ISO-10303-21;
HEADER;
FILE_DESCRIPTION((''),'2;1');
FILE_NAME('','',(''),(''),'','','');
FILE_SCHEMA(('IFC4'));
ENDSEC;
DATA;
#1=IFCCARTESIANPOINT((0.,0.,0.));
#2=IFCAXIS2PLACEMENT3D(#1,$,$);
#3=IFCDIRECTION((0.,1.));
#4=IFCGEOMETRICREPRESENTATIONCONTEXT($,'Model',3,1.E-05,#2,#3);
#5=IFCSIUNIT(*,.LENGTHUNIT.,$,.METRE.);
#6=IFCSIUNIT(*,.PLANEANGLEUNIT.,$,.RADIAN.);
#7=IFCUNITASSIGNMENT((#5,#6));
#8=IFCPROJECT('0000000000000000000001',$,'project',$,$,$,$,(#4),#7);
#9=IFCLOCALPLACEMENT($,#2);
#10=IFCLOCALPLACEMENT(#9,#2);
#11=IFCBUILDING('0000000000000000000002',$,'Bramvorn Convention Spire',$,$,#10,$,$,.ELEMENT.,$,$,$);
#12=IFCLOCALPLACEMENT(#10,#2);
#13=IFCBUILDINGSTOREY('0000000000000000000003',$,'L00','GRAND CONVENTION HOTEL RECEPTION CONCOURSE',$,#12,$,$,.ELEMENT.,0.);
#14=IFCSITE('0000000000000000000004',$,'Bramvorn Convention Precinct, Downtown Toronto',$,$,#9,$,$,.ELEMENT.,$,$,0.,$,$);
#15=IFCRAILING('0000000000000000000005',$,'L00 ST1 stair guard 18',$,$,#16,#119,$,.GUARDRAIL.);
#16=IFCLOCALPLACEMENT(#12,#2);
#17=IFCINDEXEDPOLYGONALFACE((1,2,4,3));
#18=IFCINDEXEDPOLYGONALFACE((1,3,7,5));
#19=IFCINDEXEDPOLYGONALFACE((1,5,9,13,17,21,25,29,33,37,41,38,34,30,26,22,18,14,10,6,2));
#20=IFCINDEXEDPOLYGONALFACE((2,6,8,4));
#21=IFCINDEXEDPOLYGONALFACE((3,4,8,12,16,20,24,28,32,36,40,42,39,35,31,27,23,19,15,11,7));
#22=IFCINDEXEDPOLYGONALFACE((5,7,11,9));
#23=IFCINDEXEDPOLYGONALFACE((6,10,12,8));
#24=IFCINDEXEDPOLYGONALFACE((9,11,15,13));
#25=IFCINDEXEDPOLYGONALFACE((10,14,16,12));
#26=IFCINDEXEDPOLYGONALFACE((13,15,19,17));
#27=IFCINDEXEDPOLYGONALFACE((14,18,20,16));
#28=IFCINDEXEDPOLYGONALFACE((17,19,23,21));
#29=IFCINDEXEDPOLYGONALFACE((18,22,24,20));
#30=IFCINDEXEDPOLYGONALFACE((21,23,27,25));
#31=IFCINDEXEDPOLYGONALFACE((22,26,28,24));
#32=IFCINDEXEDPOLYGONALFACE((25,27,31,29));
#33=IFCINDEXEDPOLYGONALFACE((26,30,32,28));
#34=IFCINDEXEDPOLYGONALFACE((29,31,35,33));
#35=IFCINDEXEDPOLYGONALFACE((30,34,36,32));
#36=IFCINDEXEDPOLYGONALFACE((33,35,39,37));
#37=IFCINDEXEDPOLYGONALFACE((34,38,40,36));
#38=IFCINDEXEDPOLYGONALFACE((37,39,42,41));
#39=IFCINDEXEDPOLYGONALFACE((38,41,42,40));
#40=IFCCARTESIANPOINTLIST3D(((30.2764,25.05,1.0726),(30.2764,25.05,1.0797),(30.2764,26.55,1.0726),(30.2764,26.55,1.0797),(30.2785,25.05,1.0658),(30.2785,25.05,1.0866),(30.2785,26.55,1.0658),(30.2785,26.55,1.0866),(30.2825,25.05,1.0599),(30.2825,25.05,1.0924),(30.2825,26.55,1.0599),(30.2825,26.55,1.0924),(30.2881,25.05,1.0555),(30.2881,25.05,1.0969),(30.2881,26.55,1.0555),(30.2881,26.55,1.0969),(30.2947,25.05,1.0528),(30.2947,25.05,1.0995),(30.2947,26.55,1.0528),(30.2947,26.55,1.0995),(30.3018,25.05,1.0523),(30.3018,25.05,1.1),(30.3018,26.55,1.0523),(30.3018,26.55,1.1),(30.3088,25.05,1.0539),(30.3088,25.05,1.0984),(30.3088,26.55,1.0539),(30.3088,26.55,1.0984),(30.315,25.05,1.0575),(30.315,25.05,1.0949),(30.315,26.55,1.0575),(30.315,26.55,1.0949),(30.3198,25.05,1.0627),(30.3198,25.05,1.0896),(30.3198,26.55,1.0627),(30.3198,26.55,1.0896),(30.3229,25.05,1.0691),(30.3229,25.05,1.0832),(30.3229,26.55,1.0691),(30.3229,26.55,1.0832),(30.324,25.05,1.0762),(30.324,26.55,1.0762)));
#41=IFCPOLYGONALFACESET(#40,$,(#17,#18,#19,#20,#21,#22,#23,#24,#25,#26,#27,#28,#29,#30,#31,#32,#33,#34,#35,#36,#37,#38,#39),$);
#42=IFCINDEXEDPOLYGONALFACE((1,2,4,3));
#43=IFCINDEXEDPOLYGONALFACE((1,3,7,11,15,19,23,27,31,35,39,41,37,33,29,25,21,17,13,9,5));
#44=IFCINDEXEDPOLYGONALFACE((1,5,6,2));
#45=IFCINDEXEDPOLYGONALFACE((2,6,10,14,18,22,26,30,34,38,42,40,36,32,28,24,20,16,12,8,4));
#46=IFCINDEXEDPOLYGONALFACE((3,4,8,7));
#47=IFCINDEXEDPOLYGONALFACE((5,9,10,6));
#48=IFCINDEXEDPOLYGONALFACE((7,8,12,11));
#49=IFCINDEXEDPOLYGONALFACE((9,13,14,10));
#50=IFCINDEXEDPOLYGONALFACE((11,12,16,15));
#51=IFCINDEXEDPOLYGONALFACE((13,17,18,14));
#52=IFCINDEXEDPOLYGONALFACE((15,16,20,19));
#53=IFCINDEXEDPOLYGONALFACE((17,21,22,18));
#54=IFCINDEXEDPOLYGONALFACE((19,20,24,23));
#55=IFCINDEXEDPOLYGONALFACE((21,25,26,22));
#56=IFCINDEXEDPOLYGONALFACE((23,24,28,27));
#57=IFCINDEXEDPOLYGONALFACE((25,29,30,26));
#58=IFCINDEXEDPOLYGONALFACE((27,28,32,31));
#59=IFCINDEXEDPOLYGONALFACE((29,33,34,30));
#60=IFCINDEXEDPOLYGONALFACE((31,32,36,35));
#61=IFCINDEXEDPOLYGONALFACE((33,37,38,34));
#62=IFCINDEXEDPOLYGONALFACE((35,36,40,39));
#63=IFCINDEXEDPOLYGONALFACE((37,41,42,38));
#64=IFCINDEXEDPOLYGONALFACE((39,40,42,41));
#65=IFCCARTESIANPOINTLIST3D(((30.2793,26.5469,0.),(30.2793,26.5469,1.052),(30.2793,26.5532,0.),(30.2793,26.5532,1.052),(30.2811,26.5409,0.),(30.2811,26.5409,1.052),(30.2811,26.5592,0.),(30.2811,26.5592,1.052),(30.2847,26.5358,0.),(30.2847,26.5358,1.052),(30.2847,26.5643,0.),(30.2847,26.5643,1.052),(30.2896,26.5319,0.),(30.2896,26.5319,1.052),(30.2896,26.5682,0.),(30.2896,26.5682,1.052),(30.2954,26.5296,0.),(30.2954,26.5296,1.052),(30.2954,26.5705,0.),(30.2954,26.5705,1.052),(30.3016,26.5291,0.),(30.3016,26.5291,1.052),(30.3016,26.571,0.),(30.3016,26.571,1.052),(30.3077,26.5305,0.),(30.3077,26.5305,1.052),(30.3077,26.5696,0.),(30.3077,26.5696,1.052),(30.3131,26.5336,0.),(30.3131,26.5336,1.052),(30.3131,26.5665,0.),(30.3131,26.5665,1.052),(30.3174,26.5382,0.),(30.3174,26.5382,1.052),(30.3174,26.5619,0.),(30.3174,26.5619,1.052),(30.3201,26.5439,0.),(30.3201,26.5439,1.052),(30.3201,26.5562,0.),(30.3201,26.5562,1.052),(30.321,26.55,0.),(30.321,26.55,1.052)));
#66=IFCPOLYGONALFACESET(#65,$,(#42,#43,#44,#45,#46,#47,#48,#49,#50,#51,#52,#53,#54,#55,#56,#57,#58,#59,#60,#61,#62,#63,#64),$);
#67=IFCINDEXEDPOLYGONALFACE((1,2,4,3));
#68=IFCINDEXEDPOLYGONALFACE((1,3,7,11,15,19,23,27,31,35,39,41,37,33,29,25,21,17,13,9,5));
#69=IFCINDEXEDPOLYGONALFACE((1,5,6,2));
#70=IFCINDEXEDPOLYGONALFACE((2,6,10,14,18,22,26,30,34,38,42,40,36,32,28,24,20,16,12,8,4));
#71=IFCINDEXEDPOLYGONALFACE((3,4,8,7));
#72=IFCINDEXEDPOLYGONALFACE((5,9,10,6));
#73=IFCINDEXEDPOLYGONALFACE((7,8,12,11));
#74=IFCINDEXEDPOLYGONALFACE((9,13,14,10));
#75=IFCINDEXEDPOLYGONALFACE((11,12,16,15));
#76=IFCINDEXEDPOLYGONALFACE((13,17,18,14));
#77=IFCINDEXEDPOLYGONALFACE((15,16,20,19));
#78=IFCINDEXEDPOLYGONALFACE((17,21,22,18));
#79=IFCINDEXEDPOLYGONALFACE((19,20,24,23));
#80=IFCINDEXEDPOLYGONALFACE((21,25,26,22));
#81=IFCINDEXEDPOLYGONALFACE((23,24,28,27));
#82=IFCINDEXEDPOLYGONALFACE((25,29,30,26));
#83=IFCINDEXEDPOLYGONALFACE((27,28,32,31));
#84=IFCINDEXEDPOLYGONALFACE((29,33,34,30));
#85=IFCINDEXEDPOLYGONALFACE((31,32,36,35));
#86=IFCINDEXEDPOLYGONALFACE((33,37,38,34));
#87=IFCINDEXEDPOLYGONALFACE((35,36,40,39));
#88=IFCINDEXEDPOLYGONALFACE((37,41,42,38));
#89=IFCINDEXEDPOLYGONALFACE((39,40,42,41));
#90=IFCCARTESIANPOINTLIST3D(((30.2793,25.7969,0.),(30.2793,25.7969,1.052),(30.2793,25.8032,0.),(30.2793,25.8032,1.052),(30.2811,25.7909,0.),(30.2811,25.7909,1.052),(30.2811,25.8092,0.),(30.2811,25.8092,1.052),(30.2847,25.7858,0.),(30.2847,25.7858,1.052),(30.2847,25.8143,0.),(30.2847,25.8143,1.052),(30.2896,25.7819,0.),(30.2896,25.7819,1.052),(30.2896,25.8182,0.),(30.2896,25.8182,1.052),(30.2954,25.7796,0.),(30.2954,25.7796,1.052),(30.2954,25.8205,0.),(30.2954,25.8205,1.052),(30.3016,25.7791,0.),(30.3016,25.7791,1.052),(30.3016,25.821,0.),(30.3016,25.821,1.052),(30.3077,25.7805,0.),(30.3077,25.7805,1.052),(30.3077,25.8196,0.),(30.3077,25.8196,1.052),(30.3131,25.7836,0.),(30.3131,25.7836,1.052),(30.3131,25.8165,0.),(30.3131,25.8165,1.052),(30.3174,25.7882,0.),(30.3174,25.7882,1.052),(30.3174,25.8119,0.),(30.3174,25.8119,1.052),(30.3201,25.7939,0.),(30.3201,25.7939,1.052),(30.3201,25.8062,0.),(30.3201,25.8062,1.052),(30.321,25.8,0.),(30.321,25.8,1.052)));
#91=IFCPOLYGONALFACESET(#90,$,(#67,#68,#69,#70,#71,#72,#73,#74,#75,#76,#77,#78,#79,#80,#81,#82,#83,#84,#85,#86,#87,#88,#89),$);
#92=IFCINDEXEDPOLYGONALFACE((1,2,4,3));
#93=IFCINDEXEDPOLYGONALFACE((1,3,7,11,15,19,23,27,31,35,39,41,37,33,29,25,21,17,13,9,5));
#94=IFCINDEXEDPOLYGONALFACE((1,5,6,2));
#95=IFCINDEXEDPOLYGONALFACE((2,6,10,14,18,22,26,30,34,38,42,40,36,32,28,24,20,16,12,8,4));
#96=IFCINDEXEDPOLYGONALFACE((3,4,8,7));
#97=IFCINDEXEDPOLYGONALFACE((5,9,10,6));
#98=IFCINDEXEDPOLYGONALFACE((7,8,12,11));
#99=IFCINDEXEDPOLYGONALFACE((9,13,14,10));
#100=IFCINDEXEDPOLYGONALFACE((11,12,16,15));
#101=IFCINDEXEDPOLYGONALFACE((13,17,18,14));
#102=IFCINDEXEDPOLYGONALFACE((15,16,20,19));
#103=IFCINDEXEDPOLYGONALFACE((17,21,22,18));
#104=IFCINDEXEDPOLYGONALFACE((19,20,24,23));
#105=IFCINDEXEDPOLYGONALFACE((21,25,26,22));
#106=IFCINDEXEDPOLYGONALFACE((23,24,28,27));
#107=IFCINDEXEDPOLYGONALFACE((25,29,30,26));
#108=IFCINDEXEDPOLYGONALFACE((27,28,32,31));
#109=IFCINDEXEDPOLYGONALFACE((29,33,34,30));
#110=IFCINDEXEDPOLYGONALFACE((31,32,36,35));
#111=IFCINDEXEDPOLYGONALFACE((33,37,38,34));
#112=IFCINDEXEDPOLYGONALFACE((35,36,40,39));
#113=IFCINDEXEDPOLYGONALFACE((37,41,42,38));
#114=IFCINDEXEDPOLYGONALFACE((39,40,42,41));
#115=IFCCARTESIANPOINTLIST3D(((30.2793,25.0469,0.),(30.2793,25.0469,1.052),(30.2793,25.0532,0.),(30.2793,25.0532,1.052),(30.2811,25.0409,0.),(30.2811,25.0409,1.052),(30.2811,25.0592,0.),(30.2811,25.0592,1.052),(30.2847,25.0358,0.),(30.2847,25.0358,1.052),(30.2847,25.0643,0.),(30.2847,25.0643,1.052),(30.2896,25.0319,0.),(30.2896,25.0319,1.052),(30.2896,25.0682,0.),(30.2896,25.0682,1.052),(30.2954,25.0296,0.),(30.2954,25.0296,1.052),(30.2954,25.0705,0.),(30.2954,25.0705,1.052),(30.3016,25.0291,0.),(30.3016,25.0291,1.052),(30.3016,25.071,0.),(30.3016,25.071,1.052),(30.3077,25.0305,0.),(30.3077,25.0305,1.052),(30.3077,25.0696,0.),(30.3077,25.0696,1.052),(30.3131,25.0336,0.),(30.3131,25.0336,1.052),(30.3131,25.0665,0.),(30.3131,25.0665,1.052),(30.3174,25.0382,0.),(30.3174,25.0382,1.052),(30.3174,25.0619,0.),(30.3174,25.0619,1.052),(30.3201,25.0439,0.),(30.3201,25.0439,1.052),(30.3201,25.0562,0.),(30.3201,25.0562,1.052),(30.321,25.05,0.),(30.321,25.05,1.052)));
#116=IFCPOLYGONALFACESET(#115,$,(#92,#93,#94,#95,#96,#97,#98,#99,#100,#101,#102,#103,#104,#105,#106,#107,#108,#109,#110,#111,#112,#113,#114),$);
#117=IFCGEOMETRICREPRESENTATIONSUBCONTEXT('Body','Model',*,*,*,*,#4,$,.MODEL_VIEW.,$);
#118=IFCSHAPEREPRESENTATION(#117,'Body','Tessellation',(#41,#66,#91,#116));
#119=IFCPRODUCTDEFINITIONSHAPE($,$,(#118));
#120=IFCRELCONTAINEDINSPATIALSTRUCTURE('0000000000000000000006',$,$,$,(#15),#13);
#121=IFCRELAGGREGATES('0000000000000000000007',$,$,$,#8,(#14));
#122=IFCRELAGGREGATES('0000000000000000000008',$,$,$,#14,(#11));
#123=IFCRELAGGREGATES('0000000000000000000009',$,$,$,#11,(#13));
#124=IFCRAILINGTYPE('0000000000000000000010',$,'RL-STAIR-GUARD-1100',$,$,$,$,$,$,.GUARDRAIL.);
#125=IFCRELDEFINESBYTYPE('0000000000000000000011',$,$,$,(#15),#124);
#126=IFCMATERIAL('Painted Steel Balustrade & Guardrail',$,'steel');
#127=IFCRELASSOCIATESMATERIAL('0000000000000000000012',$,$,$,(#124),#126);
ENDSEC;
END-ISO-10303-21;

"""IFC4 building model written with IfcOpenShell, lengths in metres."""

from ifc_helpers import new_model, si_unit, direction, frame, origin, origin_2d, place, context, subcontext, project, spatial, circle, extrude, material, type_object, element, save


model = new_model("IFC4")

# Units and contexts
model_context = context("Model", 3, precision=1e-05, world=origin(), true_north=direction((0.0, 1.0)))
body_context = subcontext(model_context, "Body", "Model", "MODEL_VIEW")
ifc_project = project(units=[si_unit("LENGTHUNIT", "METRE"), si_unit("PLANEANGLEUNIT", "RADIAN")], contexts=[model_context])

# Site, building, storey
site_placement = place(None, origin())
site = spatial("IfcSite", under=ifc_project, at=site_placement, Name="Bramvorn Convention Precinct, Downtown Toronto", CompositionType="ELEMENT", RefElevation=0.0)
building_placement = place(site_placement, origin())
building = spatial("IfcBuilding", under=site, at=building_placement, Name="Bramvorn Convention Spire", CompositionType="ELEMENT")
storey_placement = place(building_placement, origin())
storey = spatial("IfcBuildingStorey", under=building, at=storey_placement, Name="L00", Description="GRAND CONVENTION HOTEL RECEPTION CONCOURSE", CompositionType="ELEMENT", Elevation=0.0)

# Railing
ifc_material_1 = material(Name="Painted Steel Balustrade & Guardrail", Category="steel")
railing_type = type_object("IfcRailingType", Name="RL-STAIR-GUARD-1100", PredefinedType="GUARDRAIL", material=ifc_material_1)
for number, where, name in (
    (1, (30.3, 26.55, 0.0), "L00 ST1 stair guard 18"),
):
    element("IfcRailing", number, at=place(storey_placement, frame(where)), inside=storey, type_object=railing_type, Name=name, PredefinedType="GUARDRAIL", context=body_context, shape_type="SweptSolid", body=[
        extrude(circle(Radius=0.0239, at=origin_2d()), frame((0.0, 0.0, 1.0762), z_axis=(0.0, -1.0, 0.0), x_axis=(1.0, 0.0, 0.0)), (0.0, 0.0, 1.0), 1.5),
        extrude(circle(Radius=0.021, at=origin_2d()), origin(), (0.0, 0.0, 1.0), 1.052),
        extrude(circle(Radius=0.021, at=origin_2d()), frame((0.0, -0.75, 0.0)), (0.0, 0.0, 1.0), 1.052),
        extrude(circle(Radius=0.021, at=origin_2d()), frame((0.0, -1.5, 0.0)), (0.0, 0.0, 1.0), 1.052),
    ])

save(model, "model.ifc")
